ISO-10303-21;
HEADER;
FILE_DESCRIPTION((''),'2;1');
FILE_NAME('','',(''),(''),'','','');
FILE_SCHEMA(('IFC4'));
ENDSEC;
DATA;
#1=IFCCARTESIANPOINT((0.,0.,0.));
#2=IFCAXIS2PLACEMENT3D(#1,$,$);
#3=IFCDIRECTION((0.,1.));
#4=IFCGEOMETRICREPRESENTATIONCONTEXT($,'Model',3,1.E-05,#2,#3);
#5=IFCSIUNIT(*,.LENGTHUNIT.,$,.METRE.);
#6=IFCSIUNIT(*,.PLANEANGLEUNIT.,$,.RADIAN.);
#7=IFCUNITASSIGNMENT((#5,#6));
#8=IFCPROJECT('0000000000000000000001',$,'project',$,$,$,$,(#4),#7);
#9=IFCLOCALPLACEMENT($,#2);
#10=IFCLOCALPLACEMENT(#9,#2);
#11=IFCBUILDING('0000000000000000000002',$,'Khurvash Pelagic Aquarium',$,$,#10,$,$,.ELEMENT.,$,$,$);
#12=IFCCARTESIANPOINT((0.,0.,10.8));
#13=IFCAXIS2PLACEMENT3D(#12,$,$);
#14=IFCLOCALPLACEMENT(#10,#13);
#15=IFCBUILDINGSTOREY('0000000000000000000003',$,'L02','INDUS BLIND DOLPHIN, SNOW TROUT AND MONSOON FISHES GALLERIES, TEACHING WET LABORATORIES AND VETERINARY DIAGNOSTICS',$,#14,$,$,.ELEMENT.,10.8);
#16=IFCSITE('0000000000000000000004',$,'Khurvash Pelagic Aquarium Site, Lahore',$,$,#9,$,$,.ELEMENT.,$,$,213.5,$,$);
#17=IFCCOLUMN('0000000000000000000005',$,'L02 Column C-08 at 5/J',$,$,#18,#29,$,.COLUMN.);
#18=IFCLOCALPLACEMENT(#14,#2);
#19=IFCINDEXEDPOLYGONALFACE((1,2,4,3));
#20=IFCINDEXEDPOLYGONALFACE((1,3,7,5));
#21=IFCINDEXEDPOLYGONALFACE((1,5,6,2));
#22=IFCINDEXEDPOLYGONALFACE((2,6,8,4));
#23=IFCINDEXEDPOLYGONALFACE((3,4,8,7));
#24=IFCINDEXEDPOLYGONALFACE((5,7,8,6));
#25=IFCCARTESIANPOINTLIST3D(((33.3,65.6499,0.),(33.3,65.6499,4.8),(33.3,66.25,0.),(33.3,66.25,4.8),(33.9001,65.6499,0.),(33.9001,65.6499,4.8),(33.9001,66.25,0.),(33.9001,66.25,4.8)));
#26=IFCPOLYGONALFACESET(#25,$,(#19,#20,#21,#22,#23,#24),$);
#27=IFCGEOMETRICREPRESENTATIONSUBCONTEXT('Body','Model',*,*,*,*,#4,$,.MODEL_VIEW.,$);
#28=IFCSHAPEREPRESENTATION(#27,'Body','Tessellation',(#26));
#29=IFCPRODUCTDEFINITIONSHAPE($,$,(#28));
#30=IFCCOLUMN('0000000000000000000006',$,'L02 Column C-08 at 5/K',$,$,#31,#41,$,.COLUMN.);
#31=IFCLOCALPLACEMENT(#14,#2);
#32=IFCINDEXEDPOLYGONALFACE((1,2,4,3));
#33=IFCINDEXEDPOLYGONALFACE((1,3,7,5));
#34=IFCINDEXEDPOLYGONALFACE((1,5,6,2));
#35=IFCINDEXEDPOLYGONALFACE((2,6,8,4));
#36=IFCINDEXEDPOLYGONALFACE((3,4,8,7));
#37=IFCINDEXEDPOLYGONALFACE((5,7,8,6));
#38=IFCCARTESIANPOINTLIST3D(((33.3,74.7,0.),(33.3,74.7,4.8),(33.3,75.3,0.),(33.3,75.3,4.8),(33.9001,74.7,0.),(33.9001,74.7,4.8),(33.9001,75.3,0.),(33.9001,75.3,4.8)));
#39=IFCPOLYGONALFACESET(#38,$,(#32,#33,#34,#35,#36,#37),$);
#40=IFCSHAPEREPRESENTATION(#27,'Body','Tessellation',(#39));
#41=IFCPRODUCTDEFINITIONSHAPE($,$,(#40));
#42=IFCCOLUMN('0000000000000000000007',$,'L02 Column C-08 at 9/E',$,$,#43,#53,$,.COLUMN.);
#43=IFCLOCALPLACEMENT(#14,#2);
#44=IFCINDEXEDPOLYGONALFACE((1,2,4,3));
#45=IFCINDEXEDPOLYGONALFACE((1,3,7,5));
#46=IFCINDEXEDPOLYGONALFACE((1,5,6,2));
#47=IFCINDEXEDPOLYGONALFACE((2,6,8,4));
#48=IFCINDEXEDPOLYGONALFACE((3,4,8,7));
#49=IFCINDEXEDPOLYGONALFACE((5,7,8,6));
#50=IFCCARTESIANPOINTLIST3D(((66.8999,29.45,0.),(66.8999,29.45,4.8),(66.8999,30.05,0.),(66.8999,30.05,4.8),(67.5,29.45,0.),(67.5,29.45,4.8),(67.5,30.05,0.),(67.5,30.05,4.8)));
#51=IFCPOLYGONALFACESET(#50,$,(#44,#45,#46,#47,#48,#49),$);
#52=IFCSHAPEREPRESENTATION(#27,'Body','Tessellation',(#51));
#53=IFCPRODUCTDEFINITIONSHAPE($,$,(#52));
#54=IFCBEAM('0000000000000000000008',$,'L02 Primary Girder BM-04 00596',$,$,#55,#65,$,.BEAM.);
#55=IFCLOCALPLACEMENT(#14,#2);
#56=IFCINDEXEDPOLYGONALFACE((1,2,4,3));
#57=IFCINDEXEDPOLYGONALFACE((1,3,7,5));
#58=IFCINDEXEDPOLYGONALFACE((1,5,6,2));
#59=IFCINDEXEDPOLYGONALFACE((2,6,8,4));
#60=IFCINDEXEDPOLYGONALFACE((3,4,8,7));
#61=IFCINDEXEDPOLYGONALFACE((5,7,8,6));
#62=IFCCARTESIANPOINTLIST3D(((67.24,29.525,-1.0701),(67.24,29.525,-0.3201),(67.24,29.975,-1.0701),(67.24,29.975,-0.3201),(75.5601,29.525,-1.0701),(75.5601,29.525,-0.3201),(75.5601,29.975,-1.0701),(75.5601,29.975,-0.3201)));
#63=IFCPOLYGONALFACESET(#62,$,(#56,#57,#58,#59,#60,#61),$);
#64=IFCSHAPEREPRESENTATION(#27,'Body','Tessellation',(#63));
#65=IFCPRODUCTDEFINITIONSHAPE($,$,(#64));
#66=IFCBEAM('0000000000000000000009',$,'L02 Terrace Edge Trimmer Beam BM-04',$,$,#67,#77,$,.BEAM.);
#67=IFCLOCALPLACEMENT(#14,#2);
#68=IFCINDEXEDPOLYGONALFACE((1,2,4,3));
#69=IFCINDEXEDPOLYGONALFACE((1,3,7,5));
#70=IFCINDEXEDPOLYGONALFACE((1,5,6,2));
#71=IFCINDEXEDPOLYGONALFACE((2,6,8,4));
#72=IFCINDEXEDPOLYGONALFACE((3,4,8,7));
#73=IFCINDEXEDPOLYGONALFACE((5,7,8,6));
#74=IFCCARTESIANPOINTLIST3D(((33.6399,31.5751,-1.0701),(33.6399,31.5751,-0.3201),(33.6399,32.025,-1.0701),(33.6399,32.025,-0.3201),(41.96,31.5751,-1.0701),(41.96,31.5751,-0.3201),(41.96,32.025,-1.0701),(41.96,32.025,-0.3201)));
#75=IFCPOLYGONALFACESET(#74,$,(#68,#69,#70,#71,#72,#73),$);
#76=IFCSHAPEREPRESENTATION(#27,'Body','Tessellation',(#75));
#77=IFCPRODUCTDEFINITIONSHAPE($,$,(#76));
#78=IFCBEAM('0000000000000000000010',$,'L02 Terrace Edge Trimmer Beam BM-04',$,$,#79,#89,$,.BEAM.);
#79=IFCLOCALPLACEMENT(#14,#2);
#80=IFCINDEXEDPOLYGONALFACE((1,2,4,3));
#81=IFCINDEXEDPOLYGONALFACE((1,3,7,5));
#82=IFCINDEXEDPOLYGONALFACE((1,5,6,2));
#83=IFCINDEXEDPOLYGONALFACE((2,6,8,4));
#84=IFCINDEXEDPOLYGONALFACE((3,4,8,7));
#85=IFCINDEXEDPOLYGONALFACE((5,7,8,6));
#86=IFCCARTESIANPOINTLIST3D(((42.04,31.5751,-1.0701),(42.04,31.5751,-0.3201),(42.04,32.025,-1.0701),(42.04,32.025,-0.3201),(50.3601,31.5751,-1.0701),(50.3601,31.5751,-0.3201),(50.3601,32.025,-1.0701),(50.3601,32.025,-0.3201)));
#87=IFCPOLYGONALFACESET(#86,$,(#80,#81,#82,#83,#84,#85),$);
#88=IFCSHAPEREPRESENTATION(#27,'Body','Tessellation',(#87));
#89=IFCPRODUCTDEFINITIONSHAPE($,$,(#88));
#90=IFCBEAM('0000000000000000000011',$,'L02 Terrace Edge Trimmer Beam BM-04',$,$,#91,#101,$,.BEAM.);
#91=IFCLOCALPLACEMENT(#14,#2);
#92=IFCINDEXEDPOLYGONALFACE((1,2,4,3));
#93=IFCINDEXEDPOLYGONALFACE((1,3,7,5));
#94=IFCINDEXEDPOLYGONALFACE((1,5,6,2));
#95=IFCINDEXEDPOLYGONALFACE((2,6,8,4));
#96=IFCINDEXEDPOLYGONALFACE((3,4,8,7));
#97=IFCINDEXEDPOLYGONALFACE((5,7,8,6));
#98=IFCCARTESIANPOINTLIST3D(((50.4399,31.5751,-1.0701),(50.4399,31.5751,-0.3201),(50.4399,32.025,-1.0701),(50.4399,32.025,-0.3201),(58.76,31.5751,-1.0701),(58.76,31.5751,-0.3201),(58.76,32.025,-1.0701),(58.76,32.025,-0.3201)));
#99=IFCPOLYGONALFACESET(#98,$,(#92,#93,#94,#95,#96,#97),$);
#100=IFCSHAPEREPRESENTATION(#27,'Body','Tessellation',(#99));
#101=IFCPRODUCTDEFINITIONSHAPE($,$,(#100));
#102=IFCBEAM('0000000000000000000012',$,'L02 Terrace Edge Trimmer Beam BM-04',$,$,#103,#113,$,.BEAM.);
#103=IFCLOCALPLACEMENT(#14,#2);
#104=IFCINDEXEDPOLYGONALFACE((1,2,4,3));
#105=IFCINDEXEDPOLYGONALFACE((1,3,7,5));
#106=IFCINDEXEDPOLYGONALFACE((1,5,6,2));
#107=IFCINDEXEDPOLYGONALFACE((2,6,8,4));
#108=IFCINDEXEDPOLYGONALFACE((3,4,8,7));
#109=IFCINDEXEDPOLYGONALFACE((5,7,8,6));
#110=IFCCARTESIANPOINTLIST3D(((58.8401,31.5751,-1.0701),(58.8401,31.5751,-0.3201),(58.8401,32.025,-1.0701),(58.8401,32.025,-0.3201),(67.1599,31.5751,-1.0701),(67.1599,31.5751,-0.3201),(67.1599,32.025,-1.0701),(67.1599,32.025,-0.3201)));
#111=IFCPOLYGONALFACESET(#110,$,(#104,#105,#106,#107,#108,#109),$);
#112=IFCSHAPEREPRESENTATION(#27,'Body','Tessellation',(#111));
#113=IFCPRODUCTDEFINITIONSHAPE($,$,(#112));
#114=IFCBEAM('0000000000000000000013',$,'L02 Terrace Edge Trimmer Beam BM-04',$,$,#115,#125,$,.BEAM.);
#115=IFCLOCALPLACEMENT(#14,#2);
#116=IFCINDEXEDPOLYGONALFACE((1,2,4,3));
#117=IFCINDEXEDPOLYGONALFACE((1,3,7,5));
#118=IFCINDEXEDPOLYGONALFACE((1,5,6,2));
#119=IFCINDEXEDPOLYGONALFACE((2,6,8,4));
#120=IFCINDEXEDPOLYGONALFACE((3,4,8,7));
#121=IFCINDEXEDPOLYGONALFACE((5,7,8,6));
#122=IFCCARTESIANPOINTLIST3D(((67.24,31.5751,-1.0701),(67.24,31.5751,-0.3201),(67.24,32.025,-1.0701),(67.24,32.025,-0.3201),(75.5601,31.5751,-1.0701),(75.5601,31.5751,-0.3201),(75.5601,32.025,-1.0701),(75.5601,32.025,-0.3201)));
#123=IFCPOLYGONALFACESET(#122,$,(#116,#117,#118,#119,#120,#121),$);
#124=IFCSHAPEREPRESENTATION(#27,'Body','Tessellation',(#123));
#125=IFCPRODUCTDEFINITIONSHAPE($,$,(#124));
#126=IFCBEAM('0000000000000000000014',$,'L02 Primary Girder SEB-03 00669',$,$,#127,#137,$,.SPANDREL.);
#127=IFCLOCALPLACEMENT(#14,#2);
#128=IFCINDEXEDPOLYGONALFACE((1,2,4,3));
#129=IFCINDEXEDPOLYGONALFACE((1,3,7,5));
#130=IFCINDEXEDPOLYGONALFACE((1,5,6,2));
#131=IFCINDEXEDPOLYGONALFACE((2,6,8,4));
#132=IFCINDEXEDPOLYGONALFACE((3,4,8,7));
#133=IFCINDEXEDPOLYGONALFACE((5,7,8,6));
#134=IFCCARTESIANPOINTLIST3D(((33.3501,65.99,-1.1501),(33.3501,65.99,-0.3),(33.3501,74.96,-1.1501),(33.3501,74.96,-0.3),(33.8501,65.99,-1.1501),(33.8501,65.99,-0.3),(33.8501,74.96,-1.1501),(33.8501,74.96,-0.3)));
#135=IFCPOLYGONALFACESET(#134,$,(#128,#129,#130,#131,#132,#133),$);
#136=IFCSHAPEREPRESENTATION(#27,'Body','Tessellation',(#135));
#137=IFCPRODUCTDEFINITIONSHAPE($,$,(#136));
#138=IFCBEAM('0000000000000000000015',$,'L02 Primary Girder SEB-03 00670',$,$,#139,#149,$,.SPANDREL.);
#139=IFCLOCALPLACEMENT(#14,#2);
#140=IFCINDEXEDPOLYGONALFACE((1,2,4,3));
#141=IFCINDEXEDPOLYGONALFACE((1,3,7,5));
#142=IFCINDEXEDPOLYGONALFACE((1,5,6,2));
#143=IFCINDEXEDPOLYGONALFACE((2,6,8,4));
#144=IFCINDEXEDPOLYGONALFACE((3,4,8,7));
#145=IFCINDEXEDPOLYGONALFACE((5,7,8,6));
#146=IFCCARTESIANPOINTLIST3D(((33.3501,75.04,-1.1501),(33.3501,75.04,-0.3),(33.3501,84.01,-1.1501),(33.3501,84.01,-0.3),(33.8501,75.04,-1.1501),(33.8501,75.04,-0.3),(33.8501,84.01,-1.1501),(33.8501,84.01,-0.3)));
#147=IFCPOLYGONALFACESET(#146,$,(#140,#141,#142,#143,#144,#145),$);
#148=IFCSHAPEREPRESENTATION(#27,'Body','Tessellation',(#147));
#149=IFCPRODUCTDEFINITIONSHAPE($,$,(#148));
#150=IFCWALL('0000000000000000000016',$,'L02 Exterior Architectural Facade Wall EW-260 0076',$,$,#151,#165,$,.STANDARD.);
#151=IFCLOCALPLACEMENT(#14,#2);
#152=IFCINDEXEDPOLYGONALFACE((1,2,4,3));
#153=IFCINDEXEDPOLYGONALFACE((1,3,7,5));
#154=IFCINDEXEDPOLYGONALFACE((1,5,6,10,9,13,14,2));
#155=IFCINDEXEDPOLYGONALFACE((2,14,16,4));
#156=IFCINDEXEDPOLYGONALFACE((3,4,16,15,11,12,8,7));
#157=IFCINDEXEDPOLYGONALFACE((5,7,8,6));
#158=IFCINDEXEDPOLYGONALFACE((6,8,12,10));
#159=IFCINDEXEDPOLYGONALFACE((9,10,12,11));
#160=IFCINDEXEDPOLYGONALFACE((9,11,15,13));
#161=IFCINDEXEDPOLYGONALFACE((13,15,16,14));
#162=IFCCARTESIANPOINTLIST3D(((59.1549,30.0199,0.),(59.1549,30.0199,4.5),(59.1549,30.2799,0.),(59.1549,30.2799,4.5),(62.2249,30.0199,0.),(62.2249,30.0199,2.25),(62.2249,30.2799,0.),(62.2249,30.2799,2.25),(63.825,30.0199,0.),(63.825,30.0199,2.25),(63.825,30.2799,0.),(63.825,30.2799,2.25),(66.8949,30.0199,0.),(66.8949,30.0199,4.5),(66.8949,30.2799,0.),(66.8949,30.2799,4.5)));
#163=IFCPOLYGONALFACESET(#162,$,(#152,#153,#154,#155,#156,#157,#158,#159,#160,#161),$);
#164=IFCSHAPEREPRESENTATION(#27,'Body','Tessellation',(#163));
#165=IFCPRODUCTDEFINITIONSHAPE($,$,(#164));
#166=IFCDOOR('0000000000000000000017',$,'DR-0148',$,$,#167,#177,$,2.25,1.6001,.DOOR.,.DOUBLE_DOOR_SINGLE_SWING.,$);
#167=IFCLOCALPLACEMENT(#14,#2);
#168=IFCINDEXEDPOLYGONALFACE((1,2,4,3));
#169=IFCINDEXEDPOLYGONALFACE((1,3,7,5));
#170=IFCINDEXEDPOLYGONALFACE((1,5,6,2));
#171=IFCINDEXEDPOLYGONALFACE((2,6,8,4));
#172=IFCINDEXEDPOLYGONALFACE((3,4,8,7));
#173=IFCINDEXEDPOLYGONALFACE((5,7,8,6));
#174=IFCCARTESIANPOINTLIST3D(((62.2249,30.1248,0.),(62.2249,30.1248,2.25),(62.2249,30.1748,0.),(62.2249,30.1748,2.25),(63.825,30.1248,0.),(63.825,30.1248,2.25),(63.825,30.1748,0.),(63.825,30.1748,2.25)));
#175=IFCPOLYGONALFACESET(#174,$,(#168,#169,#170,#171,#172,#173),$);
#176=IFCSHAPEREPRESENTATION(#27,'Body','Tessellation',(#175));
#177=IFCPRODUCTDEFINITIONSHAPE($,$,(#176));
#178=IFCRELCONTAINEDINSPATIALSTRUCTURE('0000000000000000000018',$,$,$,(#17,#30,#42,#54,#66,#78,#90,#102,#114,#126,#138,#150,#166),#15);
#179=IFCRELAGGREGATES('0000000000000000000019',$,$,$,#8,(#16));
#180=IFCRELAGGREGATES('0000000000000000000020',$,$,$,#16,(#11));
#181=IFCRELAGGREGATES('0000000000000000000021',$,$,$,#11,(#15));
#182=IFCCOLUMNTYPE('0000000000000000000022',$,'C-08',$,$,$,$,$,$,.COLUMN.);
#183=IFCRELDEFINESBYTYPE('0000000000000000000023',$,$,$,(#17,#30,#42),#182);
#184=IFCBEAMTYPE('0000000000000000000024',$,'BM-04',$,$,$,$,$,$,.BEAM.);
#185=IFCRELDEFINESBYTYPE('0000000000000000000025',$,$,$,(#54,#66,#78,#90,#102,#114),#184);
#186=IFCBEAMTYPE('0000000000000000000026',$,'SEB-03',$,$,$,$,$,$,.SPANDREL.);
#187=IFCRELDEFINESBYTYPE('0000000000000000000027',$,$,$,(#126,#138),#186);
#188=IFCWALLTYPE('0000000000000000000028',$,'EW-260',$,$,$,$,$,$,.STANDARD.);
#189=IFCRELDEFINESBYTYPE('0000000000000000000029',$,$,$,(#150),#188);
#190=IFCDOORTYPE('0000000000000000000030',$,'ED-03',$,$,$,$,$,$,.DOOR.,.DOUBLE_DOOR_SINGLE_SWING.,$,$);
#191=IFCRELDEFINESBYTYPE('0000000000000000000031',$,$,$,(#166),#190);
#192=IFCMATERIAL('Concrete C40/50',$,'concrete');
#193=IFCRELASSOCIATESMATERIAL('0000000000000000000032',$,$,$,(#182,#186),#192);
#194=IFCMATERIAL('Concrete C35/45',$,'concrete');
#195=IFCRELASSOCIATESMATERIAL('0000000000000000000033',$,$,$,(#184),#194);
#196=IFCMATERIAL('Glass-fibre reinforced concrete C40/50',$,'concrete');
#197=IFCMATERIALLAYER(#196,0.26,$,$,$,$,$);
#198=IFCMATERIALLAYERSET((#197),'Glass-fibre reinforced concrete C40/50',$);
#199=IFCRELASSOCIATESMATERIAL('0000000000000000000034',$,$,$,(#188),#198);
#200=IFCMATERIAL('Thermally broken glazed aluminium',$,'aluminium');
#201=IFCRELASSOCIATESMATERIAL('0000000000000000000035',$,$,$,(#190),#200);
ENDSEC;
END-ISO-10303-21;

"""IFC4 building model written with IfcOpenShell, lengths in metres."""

from ifc_helpers import new_model, si_unit, direction, frame, frame_2d, origin, origin_2d, place, context, subcontext, project, spatial, rectangle, extrude, material, layer, layer_set, material_profile, profile_set, type_object, element, fill, save


model = new_model("IFC4")

# Units and contexts
model_context = context("Model", 3, precision=1e-05, world=origin(), true_north=direction((0.0, 1.0)))
body_context = subcontext(model_context, "Body", "Model", "MODEL_VIEW")
ifc_project = project(units=[si_unit("LENGTHUNIT", "METRE"), si_unit("PLANEANGLEUNIT", "RADIAN")], contexts=[model_context])

# Site, building, storey
site_placement = place(None, origin())
site = spatial("IfcSite", under=ifc_project, at=site_placement, Name="Khurvash Pelagic Aquarium Site, Lahore", CompositionType="ELEMENT", RefElevation=213.5)
building_placement = place(site_placement, origin())
building = spatial("IfcBuilding", under=site, at=building_placement, Name="Khurvash Pelagic Aquarium", CompositionType="ELEMENT")
storey_placement = place(building_placement, frame((0.0, 0.0, 10.8)))
storey = spatial("IfcBuildingStorey", under=building, at=storey_placement, Name="L02", Description="INDUS BLIND DOLPHIN, SNOW TROUT AND MONSOON FISHES GALLERIES, TEACHING WET LABORATORIES AND VETERINARY DIAGNOSTICS", CompositionType="ELEMENT", Elevation=10.8)

# Columns
ifc_material_1 = material(Name="Concrete C40/50", Category="concrete")
ifc_material_profile_1 = material_profile(ifc_material_1, rectangle(XDim=0.6001, YDim=0.6001, at=origin_2d()), Name="RC600X600")
ifc_profile_set_1 = profile_set([ifc_material_profile_1], Name="Concrete C40/50")
column_type = type_object("IfcColumnType", Name="C-08", PredefinedType="COLUMN", material=ifc_profile_set_1)
for number, where, z_axis, x_axis, name in (
    (1, (33.6001, 65.95, 0.0), (0.0, 0.0, 1.0), (1.0, 0.0, 0.0), "L02 Column C-08 at 5/J"),
    (2, (33.6001, 75.0, 0.0), (0.0, 0.0, 1.0), (1.0, 0.0, 0.0), "L02 Column C-08 at 5/K"),
    (3, (67.2, 29.75, 0.0), (0.0, 0.0, 1.0), (1.0, 0.0, 0.0), "L02 Column C-08 at 9/E"),
):
    element("IfcColumn", number, at=place(storey_placement, frame(where, z_axis=z_axis, x_axis=x_axis)), inside=storey, type_object=column_type, Name=name, PredefinedType="COLUMN", context=body_context, shape_type="SweptSolid", body=[
        extrude(rectangle(XDim=0.6001, YDim=0.6001, at=origin_2d()), origin(), (0.0, 0.0, 1.0), 4.8),
    ])

# Beams
ifc_material_2 = material(Name="Concrete C35/45", Category="concrete")
ifc_material_profile_2 = material_profile(ifc_material_2, rectangle(XDim=0.45, YDim=0.75, at=origin_2d()), Name="RC450X750")
ifc_profile_set_2 = profile_set([ifc_material_profile_2], Name="Concrete C35/45")
beam_type_1 = type_object("IfcBeamType", Name="BM-04", PredefinedType="BEAM", material=ifc_profile_set_2)
for number, where, z_axis, x_axis, name in (
    (4, (67.24, 29.75, -0.6951), (1.0, 0.0, 0.0), (0.0, 1.0, 0.0), "L02 Primary Girder BM-04 00596"),
    (5, (33.6399, 31.8, -0.6951), (1.0, 0.0, 0.0), (0.0, 1.0, 0.0), "L02 Terrace Edge Trimmer Beam BM-04"),
    (6, (42.04, 31.8, -0.6951), (1.0, 0.0, 0.0), (0.0, 1.0, 0.0), "L02 Terrace Edge Trimmer Beam BM-04"),
    (7, (50.4399, 31.8, -0.6951), (1.0, 0.0, 0.0), (0.0, 1.0, 0.0), "L02 Terrace Edge Trimmer Beam BM-04"),
):
    element("IfcBeam", number, at=place(storey_placement, frame(where, z_axis=z_axis, x_axis=x_axis)), inside=storey, type_object=beam_type_1, Name=name, PredefinedType="BEAM", context=body_context, shape_type="SweptSolid", body=[
        extrude(rectangle(XDim=0.45, YDim=0.75, at=origin_2d()), origin(), (0.0, 0.0, 1.0), 8.3201),
    ])
beam_1_placement = place(storey_placement, frame((58.8401, 31.8, -0.6951), z_axis=(1.0, 0.0, 0.0), x_axis=(0.0, 1.0, 0.0)))
element("IfcBeam", 8, at=beam_1_placement, inside=storey, type_object=beam_type_1, Name="L02 Terrace Edge Trimmer Beam BM-04", PredefinedType="BEAM", context=body_context, shape_type="SweptSolid", body=[
    extrude(rectangle(XDim=0.45, YDim=0.75, at=origin_2d()), origin(), (0.0, 0.0, 1.0), 8.3198),
])
beam_2_placement = place(storey_placement, frame((67.24, 31.8, -0.6951), z_axis=(1.0, 0.0, 0.0), x_axis=(0.0, 1.0, 0.0)))
element("IfcBeam", 9, at=beam_2_placement, inside=storey, type_object=beam_type_1, Name="L02 Terrace Edge Trimmer Beam BM-04", PredefinedType="BEAM", context=body_context, shape_type="SweptSolid", body=[
    extrude(rectangle(XDim=0.45, YDim=0.75, at=origin_2d()), origin(), (0.0, 0.0, 1.0), 8.3201),
])
ifc_material_profile_3 = material_profile(ifc_material_1, rectangle(XDim=0.5, YDim=0.8501, at=origin_2d()), Name="RC500X850")
ifc_profile_set_3 = profile_set([ifc_material_profile_3], Name="Concrete C40/50")
beam_type_2 = type_object("IfcBeamType", Name="SEB-03", PredefinedType="SPANDREL", material=ifc_profile_set_3)
for number, where, z_axis, x_axis, name in (
    (10, (33.6001, 65.99, -0.7251), (0.0, 1.0, 0.0), (-1.0, 0.0, 0.0), "L02 Primary Girder SEB-03 00669"),
    (11, (33.6001, 75.04, -0.7251), (0.0, 1.0, 0.0), (-1.0, 0.0, 0.0), "L02 Primary Girder SEB-03 00670"),
):
    element("IfcBeam", number, at=place(storey_placement, frame(where, z_axis=z_axis, x_axis=x_axis)), inside=storey, type_object=beam_type_2, Name=name, PredefinedType="SPANDREL", context=body_context, shape_type="SweptSolid", body=[
        extrude(rectangle(XDim=0.5, YDim=0.8501, at=origin_2d()), origin(), (0.0, 0.0, 1.0), 8.97),
    ])

# Wall, opening, door
ifc_material_3 = material(Name="Glass-fibre reinforced concrete C40/50", Category="concrete")
ifc_layer = layer(ifc_material_3, 0.26)
ifc_layer_set = layer_set([ifc_layer], Name="Glass-fibre reinforced concrete C40/50")
wall_type = type_object("IfcWallType", Name="EW-260", PredefinedType="STANDARD", material=ifc_layer_set)
wall_1_placement = place(storey_placement, frame((66.895, 30.1499, 0.0), z_axis=(0.0, 0.0, 1.0), x_axis=(-1.0, 0.0, 0.0)))
wall_1 = element("IfcWall", 12, at=wall_1_placement, inside=storey, type_object=wall_type, Name="L02 Exterior Architectural Facade Wall EW-260 0076", PredefinedType="STANDARD", context=body_context, shape_type="SweptSolid", body=[
    extrude(rectangle(XDim=7.74, YDim=0.26, at=frame_2d((3.8701, 0.0))), origin(), (0.0, 0.0, 1.0), 4.5),
])
opening_1_placement = place(wall_1_placement, frame((3.0701, 0.0, 0.0)))
opening_1 = element("IfcOpeningElement", 13, at=opening_1_placement, cuts=wall_1, PredefinedType="OPENING", context=body_context, shape_type="SweptSolid", body=[
    extrude(rectangle(XDim=1.6001, YDim=2.25, at=frame_2d((0.8, 1.125))), frame((0.0, 0.1401, 0.0), z_axis=(0.0, -1.0, 0.0), x_axis=(1.0, 0.0, 0.0)), (0.0, 0.0, 1.0), 0.28),
])
ifc_material_4 = material(Name="Thermally broken glazed aluminium", Category="aluminium")
door_type = type_object("IfcDoorType", Name="ED-03", OperationType="DOUBLE_DOOR_SINGLE_SWING", PredefinedType="DOOR", material=ifc_material_4)
door_1_placement = place(opening_1_placement, frame((1.6001, 0.0, 0.0), z_axis=(0.0, 0.0, 1.0), x_axis=(-1.0, 0.0, 0.0)))
door_1 = element("IfcDoor", 14, at=door_1_placement, inside=storey, type_object=door_type, Name="DR-0148", OperationType="DOUBLE_DOOR_SINGLE_SWING", OverallHeight=2.25, OverallWidth=1.6001, PredefinedType="DOOR", context=body_context, shape_type="SweptSolid", body=[
    extrude(rectangle(XDim=1.6001, YDim=2.25, at=frame_2d((0.8, 1.125))), frame((0.0, 0.0249, 0.0), z_axis=(0.0, -1.0, 0.0), x_axis=(1.0, 0.0, 0.0)), (0.0, 0.0, 1.0), 0.05),
])
fill(opening_1, door_1)

save(model, "model.ifc")
